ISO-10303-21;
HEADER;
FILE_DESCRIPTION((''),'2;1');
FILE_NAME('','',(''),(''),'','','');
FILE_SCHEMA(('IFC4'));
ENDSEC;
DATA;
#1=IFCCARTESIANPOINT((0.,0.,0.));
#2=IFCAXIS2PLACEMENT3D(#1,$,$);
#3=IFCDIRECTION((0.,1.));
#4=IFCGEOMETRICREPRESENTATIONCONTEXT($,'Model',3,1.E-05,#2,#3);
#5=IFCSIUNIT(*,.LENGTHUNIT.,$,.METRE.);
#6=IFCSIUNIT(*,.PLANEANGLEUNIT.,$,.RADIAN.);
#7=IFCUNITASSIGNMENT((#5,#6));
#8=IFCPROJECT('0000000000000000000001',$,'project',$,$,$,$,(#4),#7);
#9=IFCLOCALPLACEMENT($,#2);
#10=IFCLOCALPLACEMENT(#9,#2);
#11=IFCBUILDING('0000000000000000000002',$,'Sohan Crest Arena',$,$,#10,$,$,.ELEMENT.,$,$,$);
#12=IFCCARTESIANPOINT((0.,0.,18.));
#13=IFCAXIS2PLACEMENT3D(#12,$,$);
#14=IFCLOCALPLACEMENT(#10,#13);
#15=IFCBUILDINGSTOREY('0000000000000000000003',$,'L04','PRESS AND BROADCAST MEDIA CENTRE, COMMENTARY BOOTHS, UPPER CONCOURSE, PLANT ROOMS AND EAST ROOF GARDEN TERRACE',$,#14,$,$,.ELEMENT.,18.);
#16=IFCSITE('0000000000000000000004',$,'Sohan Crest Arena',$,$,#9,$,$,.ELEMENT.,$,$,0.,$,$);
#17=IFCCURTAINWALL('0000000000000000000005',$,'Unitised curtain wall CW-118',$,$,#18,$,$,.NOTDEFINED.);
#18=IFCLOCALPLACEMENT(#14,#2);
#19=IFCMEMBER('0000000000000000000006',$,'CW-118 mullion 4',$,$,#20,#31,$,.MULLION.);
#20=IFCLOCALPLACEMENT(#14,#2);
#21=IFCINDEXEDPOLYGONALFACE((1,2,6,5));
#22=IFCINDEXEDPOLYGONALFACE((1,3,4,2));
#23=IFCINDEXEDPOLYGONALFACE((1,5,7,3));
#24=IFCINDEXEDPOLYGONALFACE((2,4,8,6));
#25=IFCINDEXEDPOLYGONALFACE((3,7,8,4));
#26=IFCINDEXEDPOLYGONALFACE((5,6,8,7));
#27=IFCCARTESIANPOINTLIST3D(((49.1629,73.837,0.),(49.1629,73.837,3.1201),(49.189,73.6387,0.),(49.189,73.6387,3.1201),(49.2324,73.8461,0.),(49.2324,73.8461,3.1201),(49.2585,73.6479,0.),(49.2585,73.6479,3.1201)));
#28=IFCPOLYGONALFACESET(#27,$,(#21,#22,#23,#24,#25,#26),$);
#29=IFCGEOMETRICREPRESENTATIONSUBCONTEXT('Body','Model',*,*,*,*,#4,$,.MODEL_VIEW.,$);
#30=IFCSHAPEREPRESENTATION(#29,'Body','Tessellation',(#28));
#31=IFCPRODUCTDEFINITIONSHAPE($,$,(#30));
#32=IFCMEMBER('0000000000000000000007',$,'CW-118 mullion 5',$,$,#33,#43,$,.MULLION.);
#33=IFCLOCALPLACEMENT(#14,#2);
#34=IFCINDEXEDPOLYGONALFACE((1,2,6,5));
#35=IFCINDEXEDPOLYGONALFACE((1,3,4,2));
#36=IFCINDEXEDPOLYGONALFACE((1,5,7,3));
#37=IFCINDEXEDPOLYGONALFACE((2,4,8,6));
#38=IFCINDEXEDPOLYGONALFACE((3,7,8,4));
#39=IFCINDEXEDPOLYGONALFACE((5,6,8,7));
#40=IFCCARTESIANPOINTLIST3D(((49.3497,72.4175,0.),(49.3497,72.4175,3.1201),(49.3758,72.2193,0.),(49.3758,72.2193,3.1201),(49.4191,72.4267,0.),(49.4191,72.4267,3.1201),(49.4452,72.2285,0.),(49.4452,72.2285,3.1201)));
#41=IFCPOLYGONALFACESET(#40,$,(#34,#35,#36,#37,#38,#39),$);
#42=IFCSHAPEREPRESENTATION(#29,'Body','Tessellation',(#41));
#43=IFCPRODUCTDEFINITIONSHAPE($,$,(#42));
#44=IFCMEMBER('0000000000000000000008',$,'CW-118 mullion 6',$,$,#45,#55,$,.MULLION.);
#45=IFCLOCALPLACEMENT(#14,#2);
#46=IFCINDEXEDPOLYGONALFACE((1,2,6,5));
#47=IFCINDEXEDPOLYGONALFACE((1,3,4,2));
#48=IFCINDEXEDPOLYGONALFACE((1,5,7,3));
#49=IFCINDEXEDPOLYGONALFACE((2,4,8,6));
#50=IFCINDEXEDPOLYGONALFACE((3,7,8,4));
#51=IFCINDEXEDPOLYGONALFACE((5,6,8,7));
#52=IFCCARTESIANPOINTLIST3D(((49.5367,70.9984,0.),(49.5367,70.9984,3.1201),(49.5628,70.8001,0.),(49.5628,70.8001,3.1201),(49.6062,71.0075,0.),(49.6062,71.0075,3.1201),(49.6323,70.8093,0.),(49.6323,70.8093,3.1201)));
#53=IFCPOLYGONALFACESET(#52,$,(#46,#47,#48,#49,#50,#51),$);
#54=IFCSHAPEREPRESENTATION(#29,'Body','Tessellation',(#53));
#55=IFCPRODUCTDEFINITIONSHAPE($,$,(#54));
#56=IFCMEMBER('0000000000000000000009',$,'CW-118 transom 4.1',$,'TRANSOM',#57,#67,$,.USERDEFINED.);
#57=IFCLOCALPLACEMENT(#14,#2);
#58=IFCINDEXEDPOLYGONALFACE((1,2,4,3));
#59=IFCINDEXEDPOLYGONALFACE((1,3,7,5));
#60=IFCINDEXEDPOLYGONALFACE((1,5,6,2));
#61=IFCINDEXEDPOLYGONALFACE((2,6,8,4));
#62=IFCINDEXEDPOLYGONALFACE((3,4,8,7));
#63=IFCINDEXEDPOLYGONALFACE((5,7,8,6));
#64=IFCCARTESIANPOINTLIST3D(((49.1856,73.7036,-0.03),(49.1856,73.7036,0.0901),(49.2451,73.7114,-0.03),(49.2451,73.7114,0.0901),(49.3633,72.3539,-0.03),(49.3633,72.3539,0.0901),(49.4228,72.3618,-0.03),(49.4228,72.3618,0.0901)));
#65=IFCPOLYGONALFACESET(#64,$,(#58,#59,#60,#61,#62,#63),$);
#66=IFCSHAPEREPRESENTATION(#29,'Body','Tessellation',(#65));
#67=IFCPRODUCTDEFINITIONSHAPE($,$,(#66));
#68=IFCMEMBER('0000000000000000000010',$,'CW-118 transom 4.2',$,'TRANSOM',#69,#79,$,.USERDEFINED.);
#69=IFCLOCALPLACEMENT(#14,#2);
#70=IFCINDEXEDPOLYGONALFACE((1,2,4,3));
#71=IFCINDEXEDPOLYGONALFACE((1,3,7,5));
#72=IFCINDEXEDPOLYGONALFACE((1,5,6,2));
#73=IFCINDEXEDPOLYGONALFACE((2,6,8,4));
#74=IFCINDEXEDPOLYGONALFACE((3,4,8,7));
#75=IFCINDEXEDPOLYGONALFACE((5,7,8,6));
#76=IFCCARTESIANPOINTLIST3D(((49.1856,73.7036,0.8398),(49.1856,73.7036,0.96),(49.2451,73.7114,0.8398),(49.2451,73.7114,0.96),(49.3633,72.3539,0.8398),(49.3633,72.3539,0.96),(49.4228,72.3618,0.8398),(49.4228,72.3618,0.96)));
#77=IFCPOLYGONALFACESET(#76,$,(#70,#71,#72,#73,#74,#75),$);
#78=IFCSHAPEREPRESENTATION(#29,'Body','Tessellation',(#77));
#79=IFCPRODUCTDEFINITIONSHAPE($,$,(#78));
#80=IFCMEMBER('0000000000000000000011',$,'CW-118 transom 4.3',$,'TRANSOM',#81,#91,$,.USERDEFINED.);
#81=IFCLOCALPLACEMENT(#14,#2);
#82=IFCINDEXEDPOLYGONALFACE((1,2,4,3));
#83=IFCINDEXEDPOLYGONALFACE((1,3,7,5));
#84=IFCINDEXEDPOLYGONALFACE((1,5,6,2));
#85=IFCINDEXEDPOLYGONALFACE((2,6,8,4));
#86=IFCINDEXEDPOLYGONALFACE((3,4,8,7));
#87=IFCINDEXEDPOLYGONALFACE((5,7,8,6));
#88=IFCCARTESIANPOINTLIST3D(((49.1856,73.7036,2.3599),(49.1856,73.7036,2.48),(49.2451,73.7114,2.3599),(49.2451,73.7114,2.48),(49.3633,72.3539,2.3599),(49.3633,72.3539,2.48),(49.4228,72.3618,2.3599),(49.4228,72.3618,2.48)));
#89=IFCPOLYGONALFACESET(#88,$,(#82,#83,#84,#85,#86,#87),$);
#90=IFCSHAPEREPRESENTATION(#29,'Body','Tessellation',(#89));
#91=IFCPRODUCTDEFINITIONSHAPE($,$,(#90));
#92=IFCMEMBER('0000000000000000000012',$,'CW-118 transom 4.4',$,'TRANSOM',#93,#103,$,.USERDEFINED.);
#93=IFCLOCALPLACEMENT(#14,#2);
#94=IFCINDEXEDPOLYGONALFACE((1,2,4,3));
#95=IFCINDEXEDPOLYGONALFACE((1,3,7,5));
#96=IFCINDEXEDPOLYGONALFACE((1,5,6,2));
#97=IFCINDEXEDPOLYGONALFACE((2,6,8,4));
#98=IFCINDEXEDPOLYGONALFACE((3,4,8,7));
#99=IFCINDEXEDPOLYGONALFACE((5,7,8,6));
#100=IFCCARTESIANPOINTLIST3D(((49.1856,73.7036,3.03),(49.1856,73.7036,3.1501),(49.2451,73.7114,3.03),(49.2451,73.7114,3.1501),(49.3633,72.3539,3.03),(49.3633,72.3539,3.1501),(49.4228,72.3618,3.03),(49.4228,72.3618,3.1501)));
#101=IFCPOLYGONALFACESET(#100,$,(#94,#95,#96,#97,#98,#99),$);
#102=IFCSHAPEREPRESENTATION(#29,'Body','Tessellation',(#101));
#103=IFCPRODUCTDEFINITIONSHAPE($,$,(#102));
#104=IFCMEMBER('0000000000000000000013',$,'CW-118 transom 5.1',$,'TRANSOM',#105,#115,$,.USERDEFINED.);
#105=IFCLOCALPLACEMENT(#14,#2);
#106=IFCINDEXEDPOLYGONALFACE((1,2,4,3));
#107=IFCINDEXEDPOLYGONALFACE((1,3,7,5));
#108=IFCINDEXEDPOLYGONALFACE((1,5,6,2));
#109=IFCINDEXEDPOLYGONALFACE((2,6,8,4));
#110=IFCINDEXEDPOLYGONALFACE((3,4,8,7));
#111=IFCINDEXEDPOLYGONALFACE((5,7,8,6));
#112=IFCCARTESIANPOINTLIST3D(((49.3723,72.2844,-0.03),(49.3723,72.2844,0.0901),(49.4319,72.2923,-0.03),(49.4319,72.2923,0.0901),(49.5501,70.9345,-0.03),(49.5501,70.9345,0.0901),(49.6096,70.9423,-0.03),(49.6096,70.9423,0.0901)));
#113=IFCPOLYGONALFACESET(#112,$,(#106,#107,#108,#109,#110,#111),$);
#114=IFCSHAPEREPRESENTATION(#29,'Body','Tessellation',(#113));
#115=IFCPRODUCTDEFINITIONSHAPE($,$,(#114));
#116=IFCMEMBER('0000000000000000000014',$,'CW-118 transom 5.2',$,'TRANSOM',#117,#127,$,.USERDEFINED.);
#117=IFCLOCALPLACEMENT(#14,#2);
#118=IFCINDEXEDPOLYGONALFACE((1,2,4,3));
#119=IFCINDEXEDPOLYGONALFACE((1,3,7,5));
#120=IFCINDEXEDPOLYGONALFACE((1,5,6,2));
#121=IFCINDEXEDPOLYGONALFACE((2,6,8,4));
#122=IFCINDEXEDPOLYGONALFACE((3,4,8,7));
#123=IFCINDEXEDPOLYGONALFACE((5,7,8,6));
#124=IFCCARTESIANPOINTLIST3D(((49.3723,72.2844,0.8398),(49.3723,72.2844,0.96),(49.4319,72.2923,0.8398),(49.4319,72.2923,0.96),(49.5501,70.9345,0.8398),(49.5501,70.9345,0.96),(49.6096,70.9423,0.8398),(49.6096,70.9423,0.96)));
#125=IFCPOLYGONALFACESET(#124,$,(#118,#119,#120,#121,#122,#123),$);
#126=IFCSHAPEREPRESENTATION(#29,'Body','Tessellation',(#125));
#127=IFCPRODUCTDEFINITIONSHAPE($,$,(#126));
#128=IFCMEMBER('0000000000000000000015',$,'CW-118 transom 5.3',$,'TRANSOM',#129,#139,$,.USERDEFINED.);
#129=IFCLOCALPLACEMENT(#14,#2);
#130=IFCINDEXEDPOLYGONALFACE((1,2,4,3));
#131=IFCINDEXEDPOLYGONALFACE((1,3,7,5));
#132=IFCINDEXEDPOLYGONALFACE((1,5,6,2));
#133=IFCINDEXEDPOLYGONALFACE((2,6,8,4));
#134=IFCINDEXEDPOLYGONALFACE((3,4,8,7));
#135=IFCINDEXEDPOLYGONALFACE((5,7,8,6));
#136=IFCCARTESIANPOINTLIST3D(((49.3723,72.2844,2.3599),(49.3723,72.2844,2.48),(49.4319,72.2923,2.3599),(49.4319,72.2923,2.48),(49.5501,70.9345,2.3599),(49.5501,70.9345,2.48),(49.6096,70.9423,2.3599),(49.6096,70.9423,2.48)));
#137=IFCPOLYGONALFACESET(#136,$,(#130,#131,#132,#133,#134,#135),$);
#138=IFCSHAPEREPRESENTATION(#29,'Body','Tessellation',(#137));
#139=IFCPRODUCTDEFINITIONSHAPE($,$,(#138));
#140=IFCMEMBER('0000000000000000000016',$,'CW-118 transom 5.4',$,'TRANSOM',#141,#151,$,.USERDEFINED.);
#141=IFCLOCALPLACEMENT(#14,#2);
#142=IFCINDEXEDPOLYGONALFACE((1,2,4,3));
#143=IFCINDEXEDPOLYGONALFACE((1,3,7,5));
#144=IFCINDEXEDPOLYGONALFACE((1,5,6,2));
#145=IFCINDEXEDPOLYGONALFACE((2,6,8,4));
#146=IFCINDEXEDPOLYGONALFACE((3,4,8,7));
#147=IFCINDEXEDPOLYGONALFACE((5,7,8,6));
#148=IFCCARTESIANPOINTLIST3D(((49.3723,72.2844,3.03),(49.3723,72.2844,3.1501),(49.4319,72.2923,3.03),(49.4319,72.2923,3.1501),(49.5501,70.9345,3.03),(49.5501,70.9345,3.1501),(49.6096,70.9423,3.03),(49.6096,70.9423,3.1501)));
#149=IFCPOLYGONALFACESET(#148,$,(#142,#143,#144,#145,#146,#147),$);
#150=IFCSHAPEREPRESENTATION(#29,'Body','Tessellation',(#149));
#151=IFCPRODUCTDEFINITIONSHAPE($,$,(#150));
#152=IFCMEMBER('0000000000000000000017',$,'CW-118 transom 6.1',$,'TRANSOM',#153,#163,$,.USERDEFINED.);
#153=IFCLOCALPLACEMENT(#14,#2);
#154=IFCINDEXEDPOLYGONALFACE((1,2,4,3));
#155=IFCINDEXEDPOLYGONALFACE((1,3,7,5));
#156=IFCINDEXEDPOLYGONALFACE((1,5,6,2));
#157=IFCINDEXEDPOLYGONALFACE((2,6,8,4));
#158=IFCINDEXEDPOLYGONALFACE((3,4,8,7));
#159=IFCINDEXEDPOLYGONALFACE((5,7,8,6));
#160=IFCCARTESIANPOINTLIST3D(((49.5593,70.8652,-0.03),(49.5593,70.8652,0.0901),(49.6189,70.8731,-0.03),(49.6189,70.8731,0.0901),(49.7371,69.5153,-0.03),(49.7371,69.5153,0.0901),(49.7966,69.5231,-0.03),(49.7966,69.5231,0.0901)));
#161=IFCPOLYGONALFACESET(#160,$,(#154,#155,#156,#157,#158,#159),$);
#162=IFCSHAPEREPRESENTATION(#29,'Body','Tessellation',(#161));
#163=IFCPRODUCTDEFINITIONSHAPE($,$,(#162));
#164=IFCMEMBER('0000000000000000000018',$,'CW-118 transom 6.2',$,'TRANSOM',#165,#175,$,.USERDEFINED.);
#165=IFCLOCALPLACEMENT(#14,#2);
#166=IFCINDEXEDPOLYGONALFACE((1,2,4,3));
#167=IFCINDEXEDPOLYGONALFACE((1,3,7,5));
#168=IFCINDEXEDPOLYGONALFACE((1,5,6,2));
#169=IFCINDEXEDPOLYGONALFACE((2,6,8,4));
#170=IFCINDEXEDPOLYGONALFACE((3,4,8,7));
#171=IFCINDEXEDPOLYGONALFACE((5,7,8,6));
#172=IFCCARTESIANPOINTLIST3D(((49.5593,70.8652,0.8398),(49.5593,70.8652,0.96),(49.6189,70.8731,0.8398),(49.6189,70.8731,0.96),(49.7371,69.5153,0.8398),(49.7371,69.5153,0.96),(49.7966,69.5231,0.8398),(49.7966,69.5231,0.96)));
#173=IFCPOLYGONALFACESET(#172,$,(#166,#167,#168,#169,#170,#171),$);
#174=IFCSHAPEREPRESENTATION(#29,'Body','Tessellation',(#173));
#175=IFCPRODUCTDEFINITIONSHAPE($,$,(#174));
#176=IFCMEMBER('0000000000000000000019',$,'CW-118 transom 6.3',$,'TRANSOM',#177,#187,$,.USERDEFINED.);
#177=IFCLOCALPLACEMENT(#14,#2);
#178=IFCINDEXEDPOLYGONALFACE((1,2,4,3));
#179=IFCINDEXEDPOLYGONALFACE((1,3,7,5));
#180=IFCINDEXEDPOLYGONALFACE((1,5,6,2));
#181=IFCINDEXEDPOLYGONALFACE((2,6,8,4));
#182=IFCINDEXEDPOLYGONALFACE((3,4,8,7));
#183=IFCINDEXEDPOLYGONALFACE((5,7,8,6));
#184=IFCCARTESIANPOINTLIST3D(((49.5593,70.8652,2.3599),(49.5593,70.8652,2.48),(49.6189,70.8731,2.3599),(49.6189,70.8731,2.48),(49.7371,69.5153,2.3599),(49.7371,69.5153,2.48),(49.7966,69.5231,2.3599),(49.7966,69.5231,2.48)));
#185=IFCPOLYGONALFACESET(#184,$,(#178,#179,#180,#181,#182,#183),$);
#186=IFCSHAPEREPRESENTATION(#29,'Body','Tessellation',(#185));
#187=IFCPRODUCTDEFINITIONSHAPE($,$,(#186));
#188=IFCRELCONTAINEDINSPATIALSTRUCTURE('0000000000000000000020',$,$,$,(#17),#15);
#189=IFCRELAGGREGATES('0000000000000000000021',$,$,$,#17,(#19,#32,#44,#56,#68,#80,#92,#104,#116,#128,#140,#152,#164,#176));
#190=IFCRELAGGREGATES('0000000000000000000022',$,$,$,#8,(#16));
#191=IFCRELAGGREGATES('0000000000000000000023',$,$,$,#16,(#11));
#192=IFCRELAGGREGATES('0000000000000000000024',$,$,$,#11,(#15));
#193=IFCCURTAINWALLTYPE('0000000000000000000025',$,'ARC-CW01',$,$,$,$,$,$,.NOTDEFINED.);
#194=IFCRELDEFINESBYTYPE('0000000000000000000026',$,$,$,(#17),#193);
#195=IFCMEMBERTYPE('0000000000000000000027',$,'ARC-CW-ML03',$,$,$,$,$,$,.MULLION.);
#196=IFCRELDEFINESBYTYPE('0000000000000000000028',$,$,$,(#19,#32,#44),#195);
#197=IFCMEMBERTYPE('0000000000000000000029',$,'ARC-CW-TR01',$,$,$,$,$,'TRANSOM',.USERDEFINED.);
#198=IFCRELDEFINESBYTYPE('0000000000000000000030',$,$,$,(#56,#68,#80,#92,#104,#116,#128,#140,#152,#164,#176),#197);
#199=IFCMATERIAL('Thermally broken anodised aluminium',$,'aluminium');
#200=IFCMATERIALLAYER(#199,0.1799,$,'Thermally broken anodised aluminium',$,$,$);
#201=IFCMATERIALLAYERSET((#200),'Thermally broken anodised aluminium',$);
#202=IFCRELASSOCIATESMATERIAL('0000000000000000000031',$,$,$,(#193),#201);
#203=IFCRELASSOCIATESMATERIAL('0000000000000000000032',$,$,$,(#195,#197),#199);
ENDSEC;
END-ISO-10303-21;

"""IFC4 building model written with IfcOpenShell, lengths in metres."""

from ifc_helpers import new_model, si_unit, direction, frame, origin, origin_2d, place, context, subcontext, project, spatial, rectangle, extrude, material, layer, layer_set, material_profile, profile_set, type_object, element, aggregate, save


model = new_model("IFC4")

# Units and contexts
model_context = context("Model", 3, precision=1e-05, world=origin(), true_north=direction((0.0, 1.0)))
body_context = subcontext(model_context, "Body", "Model", "MODEL_VIEW")
ifc_project = project(units=[si_unit("LENGTHUNIT", "METRE"), si_unit("PLANEANGLEUNIT", "RADIAN")], contexts=[model_context])

# Site, building, storey
site_placement = place(None, origin())
site = spatial("IfcSite", under=ifc_project, at=site_placement, Name="Sohan Crest Arena", CompositionType="ELEMENT", RefElevation=0.0)
building_placement = place(site_placement, origin())
building = spatial("IfcBuilding", under=site, at=building_placement, Name="Sohan Crest Arena", CompositionType="ELEMENT")
storey_placement = place(building_placement, frame((0.0, 0.0, 18.0)))
storey = spatial("IfcBuildingStorey", under=building, at=storey_placement, Name="L04", Description="PRESS AND BROADCAST MEDIA CENTRE, COMMENTARY BOOTHS, UPPER CONCOURSE, PLANT ROOMS AND EAST ROOF GARDEN TERRACE", CompositionType="ELEMENT", Elevation=18.0)

# Curtain wall, members
ifc_material_1 = material(Name="Thermally broken anodised aluminium", Category="aluminium")
ifc_layer_1 = layer(ifc_material_1, 0.1799, Name="Thermally broken anodised aluminium")
ifc_layer_set_1 = layer_set([ifc_layer_1], Name="Thermally broken anodised aluminium")
curtain_wall_type = type_object("IfcCurtainWallType", Name="ARC-CW01", PredefinedType="NOTDEFINED", material=ifc_layer_set_1)
curtain_wall_placement = place(storey_placement, origin())
curtain_wall = element("IfcCurtainWall", 1, at=curtain_wall_placement, inside=storey, type_object=curtain_wall_type, Name="Unitised curtain wall CW-118", PredefinedType="NOTDEFINED")
ifc_material_profile_1 = material_profile(ifc_material_1, rectangle(XDim=0.0701, YDim=0.2, at=origin_2d()), Name="ALU-MULL 70x200")
ifc_profile_set_1 = profile_set([ifc_material_profile_1], Name="Thermally broken anodised aluminium")
member_type_1 = type_object("IfcMemberType", Name="ARC-CW-ML03", PredefinedType="MULLION", material=ifc_profile_set_1)
member_1_placement = place(storey_placement, frame((49.2107, 73.7424, 0.0), z_axis=(0.0, 0.0, 1.0), x_axis=(0.991441, 0.130557, 0.0)))
member_1 = element("IfcMember", 2, at=member_1_placement, type_object=member_type_1, Name="CW-118 mullion 4", PredefinedType="MULLION", context=body_context, shape_type="SweptSolid", body=[
    extrude(rectangle(XDim=0.0701, YDim=0.2, at=origin_2d()), origin(), (0.0, 0.0, 1.0), 3.1201),
])
member_2_placement = place(storey_placement, frame((49.3975, 72.323, 0.0), z_axis=(0.0, 0.0, 1.0), x_axis=(0.991441, 0.130557, 0.0)))
member_2 = element("IfcMember", 3, at=member_2_placement, type_object=member_type_1, Name="CW-118 mullion 5", PredefinedType="MULLION", context=body_context, shape_type="SweptSolid", body=[
    extrude(rectangle(XDim=0.0701, YDim=0.2, at=origin_2d()), origin(), (0.0, 0.0, 1.0), 3.1201),
])
member_3_placement = place(storey_placement, frame((49.5845, 70.9038, 0.0), z_axis=(0.0, 0.0, 1.0), x_axis=(0.991441, 0.130557, 0.0)))
member_3 = element("IfcMember", 4, at=member_3_placement, type_object=member_type_1, Name="CW-118 mullion 6", PredefinedType="MULLION", context=body_context, shape_type="SweptSolid", body=[
    extrude(rectangle(XDim=0.0701, YDim=0.2, at=origin_2d()), origin(), (0.0, 0.0, 1.0), 3.1201),
])
ifc_material_profile_2 = material_profile(ifc_material_1, rectangle(XDim=0.0601, YDim=0.1201, at=origin_2d()), Name="ALU-TRAN 60x120")
ifc_profile_set_2 = profile_set([ifc_material_profile_2], Name="Thermally broken anodised aluminium")
member_type_2 = type_object("IfcMemberType", Name="ARC-CW-TR01", ElementType="TRANSOM", PredefinedType="USERDEFINED", material=ifc_profile_set_2)
member_4_placement = place(storey_placement, frame((49.2153, 73.7075, 0.03), z_axis=(0.130566, -0.99144, 0.0), x_axis=(0.99144, 0.130566, 0.0)))
member_4 = element("IfcMember", 5, at=member_4_placement, type_object=member_type_2, Name="CW-118 transom 4.1", ObjectType="TRANSOM", PredefinedType="USERDEFINED", context=body_context, shape_type="SweptSolid", body=[
    extrude(rectangle(XDim=0.0601, YDim=0.1201, at=origin_2d()), origin(), (0.0, 0.0, 1.0), 1.3613),
])
member_5_placement = place(storey_placement, frame((49.2153, 73.7075, 0.8999), z_axis=(0.130566, -0.99144, 0.0), x_axis=(0.99144, 0.130566, 0.0)))
member_5 = element("IfcMember", 6, at=member_5_placement, type_object=member_type_2, Name="CW-118 transom 4.2", ObjectType="TRANSOM", PredefinedType="USERDEFINED", context=body_context, shape_type="SweptSolid", body=[
    extrude(rectangle(XDim=0.0601, YDim=0.1201, at=origin_2d()), origin(), (0.0, 0.0, 1.0), 1.3613),
])
member_6_placement = place(storey_placement, frame((49.2153, 73.7075, 2.4199), z_axis=(0.130566, -0.99144, 0.0), x_axis=(0.99144, 0.130566, 0.0)))
member_6 = element("IfcMember", 7, at=member_6_placement, type_object=member_type_2, Name="CW-118 transom 4.3", ObjectType="TRANSOM", PredefinedType="USERDEFINED", context=body_context, shape_type="SweptSolid", body=[
    extrude(rectangle(XDim=0.0601, YDim=0.1201, at=origin_2d()), origin(), (0.0, 0.0, 1.0), 1.3613),
])
member_7_placement = place(storey_placement, frame((49.2153, 73.7075, 3.0901), z_axis=(0.130566, -0.99144, 0.0), x_axis=(0.99144, 0.130566, 0.0)))
member_7 = element("IfcMember", 8, at=member_7_placement, type_object=member_type_2, Name="CW-118 transom 4.4", ObjectType="TRANSOM", PredefinedType="USERDEFINED", context=body_context, shape_type="SweptSolid", body=[
    extrude(rectangle(XDim=0.0601, YDim=0.1201, at=origin_2d()), origin(), (0.0, 0.0, 1.0), 1.3613),
])
member_8_placement = place(storey_placement, frame((49.4021, 72.2883, 0.03), z_axis=(0.130543, -0.991443, 0.0), x_axis=(0.991443, 0.130543, 0.0)))
member_8 = element("IfcMember", 9, at=member_8_placement, type_object=member_type_2, Name="CW-118 transom 5.1", ObjectType="TRANSOM", PredefinedType="USERDEFINED", context=body_context, shape_type="SweptSolid", body=[
    extrude(rectangle(XDim=0.0601, YDim=0.1201, at=origin_2d()), origin(), (0.0, 0.0, 1.0), 1.3616),
])
member_9_placement = place(storey_placement, frame((49.4021, 72.2883, 0.8999), z_axis=(0.130543, -0.991443, 0.0), x_axis=(0.991443, 0.130543, 0.0)))
member_9 = element("IfcMember", 10, at=member_9_placement, type_object=member_type_2, Name="CW-118 transom 5.2", ObjectType="TRANSOM", PredefinedType="USERDEFINED", context=body_context, shape_type="SweptSolid", body=[
    extrude(rectangle(XDim=0.0601, YDim=0.1201, at=origin_2d()), origin(), (0.0, 0.0, 1.0), 1.3616),
])
member_10_placement = place(storey_placement, frame((49.4021, 72.2883, 2.4199), z_axis=(0.130543, -0.991443, 0.0), x_axis=(0.991443, 0.130543, 0.0)))
member_10 = element("IfcMember", 11, at=member_10_placement, type_object=member_type_2, Name="CW-118 transom 5.3", ObjectType="TRANSOM", PredefinedType="USERDEFINED", context=body_context, shape_type="SweptSolid", body=[
    extrude(rectangle(XDim=0.0601, YDim=0.1201, at=origin_2d()), origin(), (0.0, 0.0, 1.0), 1.3616),
])
member_11_placement = place(storey_placement, frame((49.4021, 72.2883, 3.0901), z_axis=(0.130543, -0.991443, 0.0), x_axis=(0.991443, 0.130543, 0.0)))
member_11 = element("IfcMember", 12, at=member_11_placement, type_object=member_type_2, Name="CW-118 transom 5.4", ObjectType="TRANSOM", PredefinedType="USERDEFINED", context=body_context, shape_type="SweptSolid", body=[
    extrude(rectangle(XDim=0.0601, YDim=0.1201, at=origin_2d()), origin(), (0.0, 0.0, 1.0), 1.3616),
])
member_12_placement = place(storey_placement, frame((49.5891, 70.8691, 0.03), z_axis=(0.130543, -0.991443, 0.0), x_axis=(0.991443, 0.130543, 0.0)))
member_12 = element("IfcMember", 13, at=member_12_placement, type_object=member_type_2, Name="CW-118 transom 6.1", ObjectType="TRANSOM", PredefinedType="USERDEFINED", context=body_context, shape_type="SweptSolid", body=[
    extrude(rectangle(XDim=0.0601, YDim=0.1201, at=origin_2d()), origin(), (0.0, 0.0, 1.0), 1.3616),
])
member_13_placement = place(storey_placement, frame((49.5891, 70.8691, 0.8999), z_axis=(0.130543, -0.991443, 0.0), x_axis=(0.991443, 0.130543, 0.0)))
member_13 = element("IfcMember", 14, at=member_13_placement, type_object=member_type_2, Name="CW-118 transom 6.2", ObjectType="TRANSOM", PredefinedType="USERDEFINED", context=body_context, shape_type="SweptSolid", body=[
    extrude(rectangle(XDim=0.0601, YDim=0.1201, at=origin_2d()), origin(), (0.0, 0.0, 1.0), 1.3616),
])
member_14_placement = place(storey_placement, frame((49.5891, 70.8691, 2.4199), z_axis=(0.130543, -0.991443, 0.0), x_axis=(0.991443, 0.130543, 0.0)))
member_14 = element("IfcMember", 15, at=member_14_placement, type_object=member_type_2, Name="CW-118 transom 6.3", ObjectType="TRANSOM", PredefinedType="USERDEFINED", context=body_context, shape_type="SweptSolid", body=[
    extrude(rectangle(XDim=0.0601, YDim=0.1201, at=origin_2d()), origin(), (0.0, 0.0, 1.0), 1.3616),
])
aggregate(curtain_wall, [member_1, member_2, member_3, member_4, member_5, member_6, member_7, member_8, member_9, member_10, member_11, member_12, member_13, member_14])

save(model, "model.ifc")
